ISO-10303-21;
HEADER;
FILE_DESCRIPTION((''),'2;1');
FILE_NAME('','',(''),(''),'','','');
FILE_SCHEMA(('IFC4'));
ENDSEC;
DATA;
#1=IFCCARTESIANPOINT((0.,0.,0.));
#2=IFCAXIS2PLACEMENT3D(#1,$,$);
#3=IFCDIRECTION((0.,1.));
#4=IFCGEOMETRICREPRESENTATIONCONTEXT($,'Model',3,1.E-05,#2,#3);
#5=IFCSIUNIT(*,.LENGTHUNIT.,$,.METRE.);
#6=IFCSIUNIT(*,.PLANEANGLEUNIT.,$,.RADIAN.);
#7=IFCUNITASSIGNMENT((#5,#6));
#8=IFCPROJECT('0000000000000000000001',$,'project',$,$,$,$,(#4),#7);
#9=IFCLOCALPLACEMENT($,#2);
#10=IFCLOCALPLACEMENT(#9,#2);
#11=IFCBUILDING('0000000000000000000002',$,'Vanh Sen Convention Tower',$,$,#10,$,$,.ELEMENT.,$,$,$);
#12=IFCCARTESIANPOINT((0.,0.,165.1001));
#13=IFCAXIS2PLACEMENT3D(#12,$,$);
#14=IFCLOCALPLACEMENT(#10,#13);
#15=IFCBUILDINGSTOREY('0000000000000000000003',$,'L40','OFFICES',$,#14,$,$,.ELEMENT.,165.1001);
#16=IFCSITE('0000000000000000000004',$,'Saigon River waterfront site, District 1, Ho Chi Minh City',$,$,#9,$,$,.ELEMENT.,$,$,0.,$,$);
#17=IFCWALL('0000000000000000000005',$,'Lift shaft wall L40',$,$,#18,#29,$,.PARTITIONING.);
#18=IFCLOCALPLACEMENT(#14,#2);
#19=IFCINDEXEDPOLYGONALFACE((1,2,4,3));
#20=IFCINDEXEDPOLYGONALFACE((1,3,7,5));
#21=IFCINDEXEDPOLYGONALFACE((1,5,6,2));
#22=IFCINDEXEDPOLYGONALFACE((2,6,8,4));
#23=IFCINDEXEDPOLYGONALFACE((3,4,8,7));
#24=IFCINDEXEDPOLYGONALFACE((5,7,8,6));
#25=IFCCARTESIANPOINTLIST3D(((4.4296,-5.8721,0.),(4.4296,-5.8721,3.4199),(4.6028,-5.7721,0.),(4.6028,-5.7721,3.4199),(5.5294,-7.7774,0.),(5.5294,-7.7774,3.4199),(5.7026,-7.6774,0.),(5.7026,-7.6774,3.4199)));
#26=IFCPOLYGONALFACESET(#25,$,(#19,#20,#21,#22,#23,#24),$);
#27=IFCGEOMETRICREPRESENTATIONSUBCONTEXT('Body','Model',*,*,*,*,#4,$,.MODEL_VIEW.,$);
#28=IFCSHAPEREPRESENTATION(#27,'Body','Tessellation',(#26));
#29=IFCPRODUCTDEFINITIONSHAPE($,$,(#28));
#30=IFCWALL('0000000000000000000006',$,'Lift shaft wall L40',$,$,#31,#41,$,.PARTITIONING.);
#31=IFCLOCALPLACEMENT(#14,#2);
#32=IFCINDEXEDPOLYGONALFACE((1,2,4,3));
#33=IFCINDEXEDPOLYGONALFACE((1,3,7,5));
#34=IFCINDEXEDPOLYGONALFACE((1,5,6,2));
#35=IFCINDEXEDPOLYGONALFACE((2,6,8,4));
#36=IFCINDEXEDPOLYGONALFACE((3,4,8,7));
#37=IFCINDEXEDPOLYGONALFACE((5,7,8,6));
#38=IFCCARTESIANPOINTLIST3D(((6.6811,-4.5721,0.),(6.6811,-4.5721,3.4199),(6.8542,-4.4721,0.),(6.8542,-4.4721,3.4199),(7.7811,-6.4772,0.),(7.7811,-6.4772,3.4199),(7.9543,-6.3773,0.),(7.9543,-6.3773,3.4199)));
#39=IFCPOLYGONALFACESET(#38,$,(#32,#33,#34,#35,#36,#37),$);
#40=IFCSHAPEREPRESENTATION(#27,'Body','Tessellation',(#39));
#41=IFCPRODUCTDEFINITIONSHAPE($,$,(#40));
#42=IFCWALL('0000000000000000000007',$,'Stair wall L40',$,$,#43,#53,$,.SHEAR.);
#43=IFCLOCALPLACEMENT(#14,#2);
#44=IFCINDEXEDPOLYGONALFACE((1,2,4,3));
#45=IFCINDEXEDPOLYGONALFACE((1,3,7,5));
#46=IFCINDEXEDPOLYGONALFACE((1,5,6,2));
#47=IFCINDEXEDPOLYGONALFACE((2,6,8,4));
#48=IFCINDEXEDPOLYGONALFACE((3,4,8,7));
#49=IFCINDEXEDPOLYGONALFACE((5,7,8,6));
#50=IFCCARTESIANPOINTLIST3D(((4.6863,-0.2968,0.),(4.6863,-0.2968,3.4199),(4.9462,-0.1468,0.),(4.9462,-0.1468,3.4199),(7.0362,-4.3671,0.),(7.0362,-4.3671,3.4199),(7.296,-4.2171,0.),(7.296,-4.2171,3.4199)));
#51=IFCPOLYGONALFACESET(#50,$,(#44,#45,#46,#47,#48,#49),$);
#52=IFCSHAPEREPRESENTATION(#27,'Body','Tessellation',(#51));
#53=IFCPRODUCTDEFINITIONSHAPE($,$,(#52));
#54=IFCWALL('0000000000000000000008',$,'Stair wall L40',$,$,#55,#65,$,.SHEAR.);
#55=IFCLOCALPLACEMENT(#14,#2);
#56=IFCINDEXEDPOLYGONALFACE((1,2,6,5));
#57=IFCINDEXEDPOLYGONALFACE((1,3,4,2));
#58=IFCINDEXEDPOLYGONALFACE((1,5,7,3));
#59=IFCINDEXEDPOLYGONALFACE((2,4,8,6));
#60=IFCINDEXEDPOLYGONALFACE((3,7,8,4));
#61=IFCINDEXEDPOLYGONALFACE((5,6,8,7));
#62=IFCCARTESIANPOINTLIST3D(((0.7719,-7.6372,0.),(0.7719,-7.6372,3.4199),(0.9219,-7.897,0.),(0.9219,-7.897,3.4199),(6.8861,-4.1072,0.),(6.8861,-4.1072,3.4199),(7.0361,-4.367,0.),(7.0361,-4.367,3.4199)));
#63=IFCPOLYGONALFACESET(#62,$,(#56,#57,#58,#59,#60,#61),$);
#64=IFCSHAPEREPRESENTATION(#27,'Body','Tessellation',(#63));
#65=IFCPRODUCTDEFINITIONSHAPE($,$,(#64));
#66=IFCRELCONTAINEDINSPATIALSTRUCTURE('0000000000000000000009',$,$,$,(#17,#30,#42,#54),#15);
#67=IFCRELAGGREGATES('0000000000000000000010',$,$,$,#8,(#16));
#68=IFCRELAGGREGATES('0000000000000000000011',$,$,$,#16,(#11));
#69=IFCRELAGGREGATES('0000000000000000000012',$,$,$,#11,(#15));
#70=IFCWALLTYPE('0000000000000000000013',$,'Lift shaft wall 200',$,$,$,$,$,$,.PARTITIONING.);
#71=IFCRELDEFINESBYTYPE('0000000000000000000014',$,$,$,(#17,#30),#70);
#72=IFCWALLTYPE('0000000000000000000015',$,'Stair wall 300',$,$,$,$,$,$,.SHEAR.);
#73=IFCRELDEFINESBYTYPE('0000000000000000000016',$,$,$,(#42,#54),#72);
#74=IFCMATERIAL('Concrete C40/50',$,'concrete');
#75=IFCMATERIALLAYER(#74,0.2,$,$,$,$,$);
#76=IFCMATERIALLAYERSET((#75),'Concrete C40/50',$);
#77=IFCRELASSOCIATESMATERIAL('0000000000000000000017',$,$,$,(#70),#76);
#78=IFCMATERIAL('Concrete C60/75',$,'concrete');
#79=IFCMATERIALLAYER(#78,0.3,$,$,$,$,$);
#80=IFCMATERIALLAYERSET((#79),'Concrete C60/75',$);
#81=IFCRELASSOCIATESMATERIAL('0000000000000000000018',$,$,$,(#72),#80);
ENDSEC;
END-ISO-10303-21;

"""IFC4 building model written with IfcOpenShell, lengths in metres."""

from ifc_helpers import new_model, si_unit, direction, frame, frame_2d, origin, place, context, subcontext, project, spatial, rectangle, extrude, material, layer, layer_set, type_object, element, save


model = new_model("IFC4")

# Units and contexts
model_context = context("Model", 3, precision=1e-05, world=origin(), true_north=direction((0.0, 1.0)))
body_context = subcontext(model_context, "Body", "Model", "MODEL_VIEW")
ifc_project = project(units=[si_unit("LENGTHUNIT", "METRE"), si_unit("PLANEANGLEUNIT", "RADIAN")], contexts=[model_context])

# Site, building, storey
site_placement = place(None, origin())
site = spatial("IfcSite", under=ifc_project, at=site_placement, Name="Saigon River waterfront site, District 1, Ho Chi Minh City", CompositionType="ELEMENT", RefElevation=0.0)
building_placement = place(site_placement, origin())
building = spatial("IfcBuilding", under=site, at=building_placement, Name="Vanh Sen Convention Tower", CompositionType="ELEMENT")
storey_placement = place(building_placement, frame((0.0, 0.0, 165.1001)))
storey = spatial("IfcBuildingStorey", under=building, at=storey_placement, Name="L40", Description="OFFICES", CompositionType="ELEMENT", Elevation=165.1001)

# Shared definitions
ifc_material_1 = material(Name="Concrete C40/50", Category="concrete")

# Walls
ifc_layer_1 = layer(ifc_material_1, 0.2)
ifc_layer_set_1 = layer_set([ifc_layer_1], Name="Concrete C40/50")
wall_type_1 = type_object("IfcWallType", Name="Lift shaft wall 200", PredefinedType="PARTITIONING", material=ifc_layer_set_1)
for number, where, z_axis, x_axis, name in (
    (1, (4.5161, -5.822, 0.0), (0.0, 0.0, 1.0), (0.499947, -0.866056, 0.0), "Lift shaft wall L40"),
    (2, (6.7676, -4.522, 0.0), (0.0, 0.0, 1.0), (0.50003, -0.866008, 0.0), "Lift shaft wall L40"),
):
    element("IfcWall", number, at=place(storey_placement, frame(where, z_axis=z_axis, x_axis=x_axis)), inside=storey, type_object=wall_type_1, Name=name, PredefinedType="PARTITIONING", context=body_context, shape_type="SweptSolid", body=[
        extrude(rectangle(XDim=2.2, YDim=0.2, at=frame_2d((1.1001, 0.0))), origin(), (0.0, 0.0, 1.0), 3.4199),
    ])
ifc_material_2 = material(Name="Concrete C60/75", Category="concrete")
ifc_layer_2 = layer(ifc_material_2, 0.3)
ifc_layer_set_2 = layer_set([ifc_layer_2], Name="Concrete C60/75")
wall_type_2 = type_object("IfcWallType", Name="Stair wall 300", PredefinedType="SHEAR", material=ifc_layer_set_2)
wall_1_placement = place(storey_placement, frame((4.8162, -0.2217, 0.0), z_axis=(0.0, 0.0, 1.0), x_axis=(0.499977, -0.866039, 0.0)))
element("IfcWall", 3, at=wall_1_placement, inside=storey, type_object=wall_type_2, Name="Stair wall L40", PredefinedType="SHEAR", context=body_context, shape_type="SweptSolid", body=[
    extrude(rectangle(XDim=4.7, YDim=0.3, at=frame_2d((2.3501, 0.0))), origin(), (0.0, 0.0, 1.0), 3.4199),
])
wall_2_placement = place(storey_placement, frame((0.8469, -7.7671, 0.0), z_axis=(0.0, 0.0, 1.0), x_axis=(0.866028, 0.499996, 0.0)))
element("IfcWall", 4, at=wall_2_placement, inside=storey, type_object=wall_type_2, Name="Stair wall L40", PredefinedType="SHEAR", context=body_context, shape_type="SweptSolid", body=[
    extrude(rectangle(XDim=7.0601, YDim=0.3, at=frame_2d((3.53, 0.0))), origin(), (0.0, 0.0, 1.0), 3.4199),
])

save(model, "model.ifc")
